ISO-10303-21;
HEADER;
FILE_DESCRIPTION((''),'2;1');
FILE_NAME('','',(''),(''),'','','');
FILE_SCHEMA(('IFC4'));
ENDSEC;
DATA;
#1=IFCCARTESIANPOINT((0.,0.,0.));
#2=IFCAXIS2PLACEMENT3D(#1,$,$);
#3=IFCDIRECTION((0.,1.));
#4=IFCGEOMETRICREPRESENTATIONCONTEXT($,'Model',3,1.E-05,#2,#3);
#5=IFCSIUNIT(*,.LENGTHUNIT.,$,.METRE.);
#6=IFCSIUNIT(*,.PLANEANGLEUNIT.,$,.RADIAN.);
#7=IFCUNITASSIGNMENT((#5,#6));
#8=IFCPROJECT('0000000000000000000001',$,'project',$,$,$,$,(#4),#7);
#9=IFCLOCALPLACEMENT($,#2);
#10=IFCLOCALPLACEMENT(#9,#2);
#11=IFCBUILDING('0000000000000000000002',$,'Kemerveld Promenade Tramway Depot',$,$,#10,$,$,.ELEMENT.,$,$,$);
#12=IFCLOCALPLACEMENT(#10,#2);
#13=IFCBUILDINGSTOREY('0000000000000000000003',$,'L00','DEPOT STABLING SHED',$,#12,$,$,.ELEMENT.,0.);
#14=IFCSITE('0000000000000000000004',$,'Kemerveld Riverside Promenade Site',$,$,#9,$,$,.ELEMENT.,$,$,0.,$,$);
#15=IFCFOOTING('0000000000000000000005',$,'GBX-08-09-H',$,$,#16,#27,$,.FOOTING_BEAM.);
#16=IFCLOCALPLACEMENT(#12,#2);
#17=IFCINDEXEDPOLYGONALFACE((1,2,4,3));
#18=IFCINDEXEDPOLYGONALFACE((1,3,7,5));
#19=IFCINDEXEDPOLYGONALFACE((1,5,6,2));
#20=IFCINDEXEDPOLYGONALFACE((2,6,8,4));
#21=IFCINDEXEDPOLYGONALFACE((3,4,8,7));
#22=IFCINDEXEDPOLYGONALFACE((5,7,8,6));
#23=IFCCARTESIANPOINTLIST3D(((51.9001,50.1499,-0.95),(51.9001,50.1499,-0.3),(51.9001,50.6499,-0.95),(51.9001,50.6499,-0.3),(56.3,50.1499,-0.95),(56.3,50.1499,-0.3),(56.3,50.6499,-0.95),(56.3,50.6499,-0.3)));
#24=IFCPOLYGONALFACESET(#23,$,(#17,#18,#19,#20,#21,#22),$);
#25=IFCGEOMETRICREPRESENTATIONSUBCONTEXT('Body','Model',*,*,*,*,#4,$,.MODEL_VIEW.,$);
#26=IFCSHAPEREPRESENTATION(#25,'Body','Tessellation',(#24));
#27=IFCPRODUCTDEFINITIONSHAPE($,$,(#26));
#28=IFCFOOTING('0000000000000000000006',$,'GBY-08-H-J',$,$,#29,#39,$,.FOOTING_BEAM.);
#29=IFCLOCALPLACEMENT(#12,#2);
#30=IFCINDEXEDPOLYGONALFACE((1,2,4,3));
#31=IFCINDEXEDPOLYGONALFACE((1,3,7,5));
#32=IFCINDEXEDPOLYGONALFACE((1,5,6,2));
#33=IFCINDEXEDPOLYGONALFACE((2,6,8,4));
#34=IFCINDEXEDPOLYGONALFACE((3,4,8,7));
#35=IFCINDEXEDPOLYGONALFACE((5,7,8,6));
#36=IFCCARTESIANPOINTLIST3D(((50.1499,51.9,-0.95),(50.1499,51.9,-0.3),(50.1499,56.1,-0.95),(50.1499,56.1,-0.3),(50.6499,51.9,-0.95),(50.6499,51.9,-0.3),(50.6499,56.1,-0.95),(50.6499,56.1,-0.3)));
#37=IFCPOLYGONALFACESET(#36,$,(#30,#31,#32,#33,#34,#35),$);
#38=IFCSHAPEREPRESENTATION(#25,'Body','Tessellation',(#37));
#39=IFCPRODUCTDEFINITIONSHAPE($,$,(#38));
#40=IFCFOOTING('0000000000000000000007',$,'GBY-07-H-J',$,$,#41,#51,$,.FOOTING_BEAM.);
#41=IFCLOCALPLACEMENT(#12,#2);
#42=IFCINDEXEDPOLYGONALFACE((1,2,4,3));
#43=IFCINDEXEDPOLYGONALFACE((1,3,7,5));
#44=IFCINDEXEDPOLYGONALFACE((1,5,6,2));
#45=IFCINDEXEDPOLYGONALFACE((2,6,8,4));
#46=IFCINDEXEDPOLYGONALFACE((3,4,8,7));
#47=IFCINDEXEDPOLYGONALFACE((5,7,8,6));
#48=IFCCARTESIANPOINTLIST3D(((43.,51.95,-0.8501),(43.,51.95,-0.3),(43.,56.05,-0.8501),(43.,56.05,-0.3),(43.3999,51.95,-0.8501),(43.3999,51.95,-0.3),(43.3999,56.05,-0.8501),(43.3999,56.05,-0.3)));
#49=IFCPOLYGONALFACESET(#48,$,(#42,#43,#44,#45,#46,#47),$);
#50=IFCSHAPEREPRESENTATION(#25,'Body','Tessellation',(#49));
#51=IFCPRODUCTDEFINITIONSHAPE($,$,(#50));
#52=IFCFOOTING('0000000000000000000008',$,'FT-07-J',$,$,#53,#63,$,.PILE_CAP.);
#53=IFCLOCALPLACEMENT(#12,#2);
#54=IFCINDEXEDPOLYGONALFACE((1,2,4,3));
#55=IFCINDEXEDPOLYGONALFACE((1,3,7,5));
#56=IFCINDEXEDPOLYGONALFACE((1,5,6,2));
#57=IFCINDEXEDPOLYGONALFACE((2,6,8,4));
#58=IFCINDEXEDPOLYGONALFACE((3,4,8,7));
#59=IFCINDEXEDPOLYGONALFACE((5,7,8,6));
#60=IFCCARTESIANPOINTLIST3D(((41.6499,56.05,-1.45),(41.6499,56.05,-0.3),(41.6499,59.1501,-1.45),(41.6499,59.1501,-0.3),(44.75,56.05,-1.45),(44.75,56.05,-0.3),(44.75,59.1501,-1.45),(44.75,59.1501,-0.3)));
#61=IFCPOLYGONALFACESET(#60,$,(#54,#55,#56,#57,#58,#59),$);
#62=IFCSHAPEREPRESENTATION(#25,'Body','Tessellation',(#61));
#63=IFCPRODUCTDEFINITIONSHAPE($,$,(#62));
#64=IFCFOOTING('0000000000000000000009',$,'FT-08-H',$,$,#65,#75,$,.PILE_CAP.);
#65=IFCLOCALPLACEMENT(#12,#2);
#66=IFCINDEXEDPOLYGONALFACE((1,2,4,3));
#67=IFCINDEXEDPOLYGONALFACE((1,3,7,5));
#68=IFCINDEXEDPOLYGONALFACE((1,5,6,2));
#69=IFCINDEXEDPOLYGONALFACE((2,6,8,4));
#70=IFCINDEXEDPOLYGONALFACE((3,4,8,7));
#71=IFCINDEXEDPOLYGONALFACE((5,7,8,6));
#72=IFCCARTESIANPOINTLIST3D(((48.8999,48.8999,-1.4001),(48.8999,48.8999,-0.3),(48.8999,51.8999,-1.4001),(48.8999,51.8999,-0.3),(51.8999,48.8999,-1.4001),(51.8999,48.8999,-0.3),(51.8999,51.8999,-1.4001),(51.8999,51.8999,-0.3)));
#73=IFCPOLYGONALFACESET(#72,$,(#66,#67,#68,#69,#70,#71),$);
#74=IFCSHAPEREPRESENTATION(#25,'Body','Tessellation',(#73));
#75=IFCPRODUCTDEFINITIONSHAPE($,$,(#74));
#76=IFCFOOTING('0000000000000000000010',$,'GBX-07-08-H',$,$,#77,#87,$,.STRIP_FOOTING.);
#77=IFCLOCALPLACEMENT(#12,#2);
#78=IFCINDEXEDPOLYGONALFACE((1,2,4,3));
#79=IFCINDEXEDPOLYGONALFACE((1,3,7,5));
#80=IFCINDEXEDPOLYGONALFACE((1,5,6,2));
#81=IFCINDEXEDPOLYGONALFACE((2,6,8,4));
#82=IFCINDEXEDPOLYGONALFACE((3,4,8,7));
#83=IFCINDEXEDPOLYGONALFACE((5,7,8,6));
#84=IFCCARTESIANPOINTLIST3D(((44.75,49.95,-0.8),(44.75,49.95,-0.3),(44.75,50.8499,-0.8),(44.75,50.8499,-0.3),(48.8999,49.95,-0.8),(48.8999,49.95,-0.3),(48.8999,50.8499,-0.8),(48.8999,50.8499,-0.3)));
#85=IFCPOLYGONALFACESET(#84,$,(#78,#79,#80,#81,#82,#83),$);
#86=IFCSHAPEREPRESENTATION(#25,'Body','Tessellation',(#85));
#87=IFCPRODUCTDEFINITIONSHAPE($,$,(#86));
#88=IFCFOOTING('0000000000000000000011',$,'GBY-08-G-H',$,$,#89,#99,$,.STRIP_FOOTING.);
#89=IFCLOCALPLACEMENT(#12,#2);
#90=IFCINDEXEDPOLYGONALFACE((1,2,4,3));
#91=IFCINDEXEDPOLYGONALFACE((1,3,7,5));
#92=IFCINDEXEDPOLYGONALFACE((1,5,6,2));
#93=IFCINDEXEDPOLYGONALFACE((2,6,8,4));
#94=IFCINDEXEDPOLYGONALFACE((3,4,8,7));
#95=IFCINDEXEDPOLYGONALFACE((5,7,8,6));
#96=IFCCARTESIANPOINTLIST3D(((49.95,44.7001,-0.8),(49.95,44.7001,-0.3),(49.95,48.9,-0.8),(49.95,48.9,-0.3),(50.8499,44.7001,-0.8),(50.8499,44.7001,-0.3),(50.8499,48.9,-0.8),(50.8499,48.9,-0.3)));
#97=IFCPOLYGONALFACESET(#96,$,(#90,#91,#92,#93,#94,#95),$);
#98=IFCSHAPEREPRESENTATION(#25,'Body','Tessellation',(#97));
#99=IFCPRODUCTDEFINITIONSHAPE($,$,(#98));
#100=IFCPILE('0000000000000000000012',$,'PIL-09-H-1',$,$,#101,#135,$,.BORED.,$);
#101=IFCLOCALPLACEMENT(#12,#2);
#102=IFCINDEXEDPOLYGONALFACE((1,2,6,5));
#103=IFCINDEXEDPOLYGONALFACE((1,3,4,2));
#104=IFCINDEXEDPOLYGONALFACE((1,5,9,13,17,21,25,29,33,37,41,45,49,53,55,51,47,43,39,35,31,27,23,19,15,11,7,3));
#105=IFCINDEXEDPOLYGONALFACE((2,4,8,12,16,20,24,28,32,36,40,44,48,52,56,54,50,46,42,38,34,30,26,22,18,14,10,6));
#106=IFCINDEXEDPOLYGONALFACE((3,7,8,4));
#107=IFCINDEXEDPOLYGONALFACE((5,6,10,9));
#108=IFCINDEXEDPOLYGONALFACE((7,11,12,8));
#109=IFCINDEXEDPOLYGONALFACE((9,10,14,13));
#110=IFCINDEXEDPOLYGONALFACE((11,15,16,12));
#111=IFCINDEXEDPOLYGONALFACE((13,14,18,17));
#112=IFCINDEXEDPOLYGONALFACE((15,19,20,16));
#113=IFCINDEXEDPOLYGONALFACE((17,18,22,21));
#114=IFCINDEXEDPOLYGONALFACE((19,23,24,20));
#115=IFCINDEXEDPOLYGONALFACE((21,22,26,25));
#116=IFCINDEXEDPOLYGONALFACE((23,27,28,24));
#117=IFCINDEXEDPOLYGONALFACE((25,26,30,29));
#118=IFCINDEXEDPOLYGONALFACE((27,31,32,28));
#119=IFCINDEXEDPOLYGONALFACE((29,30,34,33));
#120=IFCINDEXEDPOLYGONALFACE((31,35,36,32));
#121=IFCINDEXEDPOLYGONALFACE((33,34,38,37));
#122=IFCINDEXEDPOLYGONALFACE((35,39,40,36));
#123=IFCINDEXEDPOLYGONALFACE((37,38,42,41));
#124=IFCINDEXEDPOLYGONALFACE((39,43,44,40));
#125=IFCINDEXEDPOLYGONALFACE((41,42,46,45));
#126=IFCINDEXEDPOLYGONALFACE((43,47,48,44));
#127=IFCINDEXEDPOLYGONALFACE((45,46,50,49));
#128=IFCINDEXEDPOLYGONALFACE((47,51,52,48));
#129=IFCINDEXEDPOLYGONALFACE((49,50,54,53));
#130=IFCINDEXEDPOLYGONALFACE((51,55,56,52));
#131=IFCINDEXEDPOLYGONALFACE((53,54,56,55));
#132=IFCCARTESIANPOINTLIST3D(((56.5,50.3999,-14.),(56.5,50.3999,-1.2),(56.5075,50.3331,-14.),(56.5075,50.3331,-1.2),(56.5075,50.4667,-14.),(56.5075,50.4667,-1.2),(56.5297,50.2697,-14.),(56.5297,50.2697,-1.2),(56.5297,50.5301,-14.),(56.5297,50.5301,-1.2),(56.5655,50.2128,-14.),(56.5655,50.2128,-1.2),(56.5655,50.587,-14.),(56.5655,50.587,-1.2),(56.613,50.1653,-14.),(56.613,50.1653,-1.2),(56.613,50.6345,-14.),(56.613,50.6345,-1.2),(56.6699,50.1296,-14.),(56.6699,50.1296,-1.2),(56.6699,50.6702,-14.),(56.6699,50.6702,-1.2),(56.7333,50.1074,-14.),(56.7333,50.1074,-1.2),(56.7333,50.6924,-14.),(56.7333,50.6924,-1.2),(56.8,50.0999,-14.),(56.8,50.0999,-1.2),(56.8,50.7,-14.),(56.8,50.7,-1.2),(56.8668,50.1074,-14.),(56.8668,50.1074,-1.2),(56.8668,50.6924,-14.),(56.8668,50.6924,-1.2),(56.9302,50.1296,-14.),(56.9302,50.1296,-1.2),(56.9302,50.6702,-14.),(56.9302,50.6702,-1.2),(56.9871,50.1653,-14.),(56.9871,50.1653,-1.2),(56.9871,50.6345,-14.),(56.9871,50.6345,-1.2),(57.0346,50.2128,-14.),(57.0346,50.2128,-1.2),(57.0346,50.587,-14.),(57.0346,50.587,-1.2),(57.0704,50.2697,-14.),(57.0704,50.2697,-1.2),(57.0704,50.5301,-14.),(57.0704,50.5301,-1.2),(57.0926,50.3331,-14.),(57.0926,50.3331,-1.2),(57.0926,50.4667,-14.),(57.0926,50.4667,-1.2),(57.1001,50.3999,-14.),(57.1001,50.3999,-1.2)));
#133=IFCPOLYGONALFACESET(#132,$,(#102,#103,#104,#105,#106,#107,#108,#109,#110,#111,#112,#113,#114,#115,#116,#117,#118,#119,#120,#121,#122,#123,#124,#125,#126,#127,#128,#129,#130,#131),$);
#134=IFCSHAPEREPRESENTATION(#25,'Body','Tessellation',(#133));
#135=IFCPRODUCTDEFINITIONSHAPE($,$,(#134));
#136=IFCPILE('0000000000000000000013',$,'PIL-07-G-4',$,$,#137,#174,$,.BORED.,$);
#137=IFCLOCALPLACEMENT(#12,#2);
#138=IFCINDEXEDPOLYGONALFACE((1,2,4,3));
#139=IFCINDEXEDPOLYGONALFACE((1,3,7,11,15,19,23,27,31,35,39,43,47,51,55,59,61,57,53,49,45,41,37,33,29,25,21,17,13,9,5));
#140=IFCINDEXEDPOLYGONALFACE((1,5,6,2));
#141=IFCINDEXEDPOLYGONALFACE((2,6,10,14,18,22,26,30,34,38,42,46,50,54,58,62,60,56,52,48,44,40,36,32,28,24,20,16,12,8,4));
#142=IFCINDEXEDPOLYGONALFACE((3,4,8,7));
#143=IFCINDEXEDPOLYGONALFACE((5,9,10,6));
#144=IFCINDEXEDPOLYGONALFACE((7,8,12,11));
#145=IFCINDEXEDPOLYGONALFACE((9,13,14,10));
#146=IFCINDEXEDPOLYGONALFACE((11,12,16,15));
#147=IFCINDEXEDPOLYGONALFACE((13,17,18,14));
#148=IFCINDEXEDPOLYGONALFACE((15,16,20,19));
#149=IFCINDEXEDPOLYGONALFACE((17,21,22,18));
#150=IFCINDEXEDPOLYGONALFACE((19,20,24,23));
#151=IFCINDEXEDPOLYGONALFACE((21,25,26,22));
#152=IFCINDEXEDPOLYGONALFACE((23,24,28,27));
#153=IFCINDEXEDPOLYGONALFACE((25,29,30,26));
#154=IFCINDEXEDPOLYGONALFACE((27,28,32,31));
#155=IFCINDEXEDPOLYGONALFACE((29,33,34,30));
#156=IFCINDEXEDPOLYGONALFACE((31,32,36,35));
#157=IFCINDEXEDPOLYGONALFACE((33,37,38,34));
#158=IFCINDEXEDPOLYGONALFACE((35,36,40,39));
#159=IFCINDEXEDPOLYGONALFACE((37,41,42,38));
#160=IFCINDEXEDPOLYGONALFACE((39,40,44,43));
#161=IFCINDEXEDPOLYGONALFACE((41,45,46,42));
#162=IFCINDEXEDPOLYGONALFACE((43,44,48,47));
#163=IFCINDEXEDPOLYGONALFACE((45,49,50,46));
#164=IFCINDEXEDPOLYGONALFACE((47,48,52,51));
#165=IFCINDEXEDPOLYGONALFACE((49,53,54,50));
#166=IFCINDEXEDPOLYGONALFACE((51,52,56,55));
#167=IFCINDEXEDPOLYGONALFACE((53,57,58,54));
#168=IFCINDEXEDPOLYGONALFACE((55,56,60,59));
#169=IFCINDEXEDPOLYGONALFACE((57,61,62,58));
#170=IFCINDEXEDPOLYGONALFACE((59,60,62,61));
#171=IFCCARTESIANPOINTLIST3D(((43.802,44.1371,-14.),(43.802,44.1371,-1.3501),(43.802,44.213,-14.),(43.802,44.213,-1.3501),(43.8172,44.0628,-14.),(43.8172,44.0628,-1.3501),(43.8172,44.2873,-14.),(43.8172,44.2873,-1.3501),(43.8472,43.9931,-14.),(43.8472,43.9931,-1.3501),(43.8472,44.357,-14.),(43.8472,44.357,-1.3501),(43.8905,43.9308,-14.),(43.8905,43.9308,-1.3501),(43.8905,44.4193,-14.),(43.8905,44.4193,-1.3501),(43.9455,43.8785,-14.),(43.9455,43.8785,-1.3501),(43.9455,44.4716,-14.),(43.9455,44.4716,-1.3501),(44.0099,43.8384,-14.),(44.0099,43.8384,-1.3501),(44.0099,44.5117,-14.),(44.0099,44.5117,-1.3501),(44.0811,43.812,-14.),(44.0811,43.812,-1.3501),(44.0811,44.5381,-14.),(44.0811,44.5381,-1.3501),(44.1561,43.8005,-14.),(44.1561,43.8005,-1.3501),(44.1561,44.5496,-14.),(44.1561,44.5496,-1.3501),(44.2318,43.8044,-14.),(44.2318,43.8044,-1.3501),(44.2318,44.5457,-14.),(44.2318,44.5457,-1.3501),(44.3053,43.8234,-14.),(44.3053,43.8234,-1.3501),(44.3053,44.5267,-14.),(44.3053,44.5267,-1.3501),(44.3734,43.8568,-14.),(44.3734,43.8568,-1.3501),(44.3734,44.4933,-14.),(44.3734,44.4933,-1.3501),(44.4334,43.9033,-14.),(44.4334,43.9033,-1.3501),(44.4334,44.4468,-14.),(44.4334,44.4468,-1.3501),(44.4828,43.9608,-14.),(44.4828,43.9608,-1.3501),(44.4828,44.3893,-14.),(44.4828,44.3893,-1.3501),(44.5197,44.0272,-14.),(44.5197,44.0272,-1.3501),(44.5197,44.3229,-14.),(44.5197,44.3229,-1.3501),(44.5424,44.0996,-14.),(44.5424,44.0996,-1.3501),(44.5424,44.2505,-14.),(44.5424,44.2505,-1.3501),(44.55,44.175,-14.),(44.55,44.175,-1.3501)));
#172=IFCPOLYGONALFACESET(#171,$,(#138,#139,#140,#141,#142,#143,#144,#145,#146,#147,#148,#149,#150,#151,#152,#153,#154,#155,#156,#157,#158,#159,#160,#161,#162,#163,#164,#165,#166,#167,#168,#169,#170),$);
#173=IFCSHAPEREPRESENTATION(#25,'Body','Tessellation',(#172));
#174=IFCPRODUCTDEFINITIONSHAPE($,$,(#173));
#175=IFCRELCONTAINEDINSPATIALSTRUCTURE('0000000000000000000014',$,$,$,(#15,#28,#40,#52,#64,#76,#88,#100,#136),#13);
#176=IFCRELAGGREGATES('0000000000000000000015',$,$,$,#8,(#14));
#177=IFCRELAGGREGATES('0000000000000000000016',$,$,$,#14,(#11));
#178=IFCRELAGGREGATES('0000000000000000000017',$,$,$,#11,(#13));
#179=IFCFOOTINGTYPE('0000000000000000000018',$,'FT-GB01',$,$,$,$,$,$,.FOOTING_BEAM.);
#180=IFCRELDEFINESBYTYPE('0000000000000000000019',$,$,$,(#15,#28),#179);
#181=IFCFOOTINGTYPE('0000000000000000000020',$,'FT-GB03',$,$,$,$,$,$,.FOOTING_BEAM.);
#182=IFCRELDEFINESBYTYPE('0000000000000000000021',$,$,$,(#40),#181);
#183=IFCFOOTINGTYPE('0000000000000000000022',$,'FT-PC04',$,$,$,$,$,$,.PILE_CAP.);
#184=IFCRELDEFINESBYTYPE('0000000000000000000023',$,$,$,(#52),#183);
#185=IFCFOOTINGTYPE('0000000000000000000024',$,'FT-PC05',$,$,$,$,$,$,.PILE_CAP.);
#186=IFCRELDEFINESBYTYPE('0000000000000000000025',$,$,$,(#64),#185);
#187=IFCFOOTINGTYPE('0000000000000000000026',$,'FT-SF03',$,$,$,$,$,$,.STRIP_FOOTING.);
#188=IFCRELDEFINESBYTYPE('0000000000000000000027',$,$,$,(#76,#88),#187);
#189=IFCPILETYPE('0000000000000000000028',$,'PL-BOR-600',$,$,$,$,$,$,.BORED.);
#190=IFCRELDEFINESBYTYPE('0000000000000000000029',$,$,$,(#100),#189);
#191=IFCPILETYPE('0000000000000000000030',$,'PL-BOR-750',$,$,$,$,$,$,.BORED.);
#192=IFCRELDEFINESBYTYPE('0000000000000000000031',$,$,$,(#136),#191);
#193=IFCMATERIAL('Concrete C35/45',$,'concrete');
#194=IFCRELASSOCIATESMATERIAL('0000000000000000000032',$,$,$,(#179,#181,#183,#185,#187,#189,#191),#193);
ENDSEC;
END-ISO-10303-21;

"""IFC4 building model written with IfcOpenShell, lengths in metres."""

from ifc_helpers import new_model, si_unit, direction, frame, origin, origin_2d, place, context, subcontext, project, spatial, rectangle, circle, extrude, material, material_profile, profile_set, type_object, element, save


model = new_model("IFC4")

# Units and contexts
model_context = context("Model", 3, precision=1e-05, world=origin(), true_north=direction((0.0, 1.0)))
body_context = subcontext(model_context, "Body", "Model", "MODEL_VIEW")
ifc_project = project(units=[si_unit("LENGTHUNIT", "METRE"), si_unit("PLANEANGLEUNIT", "RADIAN")], contexts=[model_context])

# Site, building, storey
site_placement = place(None, origin())
site = spatial("IfcSite", under=ifc_project, at=site_placement, Name="Kemerveld Riverside Promenade Site", CompositionType="ELEMENT", RefElevation=0.0)
building_placement = place(site_placement, origin())
building = spatial("IfcBuilding", under=site, at=building_placement, Name="Kemerveld Promenade Tramway Depot", CompositionType="ELEMENT")
storey_placement = place(building_placement, origin())
storey = spatial("IfcBuildingStorey", under=building, at=storey_placement, Name="L00", Description="DEPOT STABLING SHED", CompositionType="ELEMENT", Elevation=0.0)

# Footings
ifc_material_1 = material(Name="Concrete C35/45", Category="concrete")
footing_type_1 = type_object("IfcFootingType", Name="FT-GB01", PredefinedType="FOOTING_BEAM", material=ifc_material_1)
footing_1_placement = place(storey_placement, frame((54.1001, 50.3999, -0.95), z_axis=(0.0, 0.0, 1.0), x_axis=(1.0, 0.0, 0.0)))
element("IfcFooting", 1, at=footing_1_placement, inside=storey, type_object=footing_type_1, Name="GBX-08-09-H", PredefinedType="FOOTING_BEAM", context=body_context, shape_type="SweptSolid", body=[
    extrude(rectangle(XDim=4.3999, YDim=0.5, at=origin_2d()), origin(), (0.0, 0.0, 1.0), 0.6499),
])
footing_2_placement = place(storey_placement, frame((50.3999, 54.0, -0.95), z_axis=(0.0, 0.0, 1.0), x_axis=(0.0, 1.0, 0.0)))
element("IfcFooting", 2, at=footing_2_placement, inside=storey, type_object=footing_type_1, Name="GBY-08-H-J", PredefinedType="FOOTING_BEAM", context=body_context, shape_type="SweptSolid", body=[
    extrude(rectangle(XDim=4.2, YDim=0.5, at=origin_2d()), origin(), (0.0, 0.0, 1.0), 0.6499),
])
footing_type_2 = type_object("IfcFootingType", Name="FT-GB03", PredefinedType="FOOTING_BEAM", material=ifc_material_1)
footing_3_placement = place(storey_placement, frame((43.2, 54.0, -0.8501), z_axis=(0.0, 0.0, 1.0), x_axis=(0.0, 1.0, 0.0)))
element("IfcFooting", 3, at=footing_3_placement, inside=storey, type_object=footing_type_2, Name="GBY-07-H-J", PredefinedType="FOOTING_BEAM", context=body_context, shape_type="SweptSolid", body=[
    extrude(rectangle(XDim=4.1001, YDim=0.3999, at=origin_2d()), origin(), (0.0, 0.0, 1.0), 0.55),
])
footing_type_3 = type_object("IfcFootingType", Name="FT-PC04", PredefinedType="PILE_CAP", material=ifc_material_1)
footing_4_placement = place(storey_placement, frame((43.2, 57.6001, -1.45), z_axis=(0.0, 0.0, 1.0), x_axis=(1.0, 0.0, 0.0)))
element("IfcFooting", 4, at=footing_4_placement, inside=storey, type_object=footing_type_3, Name="FT-07-J", PredefinedType="PILE_CAP", context=body_context, shape_type="SweptSolid", body=[
    extrude(rectangle(XDim=3.1001, YDim=3.1001, at=origin_2d()), origin(), (0.0, 0.0, 1.0), 1.1499),
])
footing_type_4 = type_object("IfcFootingType", Name="FT-PC05", PredefinedType="PILE_CAP", material=ifc_material_1)
footing_5_placement = place(storey_placement, frame((50.3999, 50.3999, -1.4001), z_axis=(0.0, 0.0, 1.0), x_axis=(1.0, 0.0, 0.0)))
element("IfcFooting", 5, at=footing_5_placement, inside=storey, type_object=footing_type_4, Name="FT-08-H", PredefinedType="PILE_CAP", context=body_context, shape_type="SweptSolid", body=[
    extrude(rectangle(XDim=3.0, YDim=3.0, at=origin_2d()), origin(), (0.0, 0.0, 1.0), 1.1001),
])
footing_type_5 = type_object("IfcFootingType", Name="FT-SF03", PredefinedType="STRIP_FOOTING", material=ifc_material_1)
footing_6_placement = place(storey_placement, frame((46.825, 50.3999, -0.8), z_axis=(0.0, 0.0, 1.0), x_axis=(1.0, 0.0, 0.0)))
element("IfcFooting", 6, at=footing_6_placement, inside=storey, type_object=footing_type_5, Name="GBX-07-08-H", PredefinedType="STRIP_FOOTING", context=body_context, shape_type="SweptSolid", body=[
    extrude(rectangle(XDim=4.1499, YDim=0.8999, at=origin_2d()), origin(), (0.0, 0.0, 1.0), 0.5),
])
footing_7_placement = place(storey_placement, frame((50.3999, 46.8, -0.8), z_axis=(0.0, 0.0, 1.0), x_axis=(0.0, 1.0, 0.0)))
element("IfcFooting", 7, at=footing_7_placement, inside=storey, type_object=footing_type_5, Name="GBY-08-G-H", PredefinedType="STRIP_FOOTING", context=body_context, shape_type="SweptSolid", body=[
    extrude(rectangle(XDim=4.2, YDim=0.8999, at=origin_2d()), origin(), (0.0, 0.0, 1.0), 0.5),
])

# Piles
ifc_material_profile_1 = material_profile(ifc_material_1, circle(Radius=0.3, at=origin_2d()), Name="PILE-D600")
ifc_profile_set_1 = profile_set([ifc_material_profile_1], Name="Concrete C35/45")
pile_type_1 = type_object("IfcPileType", Name="PL-BOR-600", PredefinedType="BORED", material=ifc_profile_set_1)
pile_placement = place(storey_placement, frame((56.8, 50.3999, -1.2), z_axis=(0.0, 0.0, -1.0), x_axis=(1.0, 0.0, 0.0)))
element("IfcPile", 8, at=pile_placement, inside=storey, type_object=pile_type_1, Name="PIL-09-H-1", PredefinedType="BORED", context=body_context, shape_type="SweptSolid", body=[
    extrude(circle(Radius=0.3, at=origin_2d()), origin(), (0.0, 0.0, 1.0), 12.8),
])
ifc_material_profile_2 = material_profile(ifc_material_1, circle(Radius=0.375, at=origin_2d()), Name="PILE-D750")
ifc_profile_set_2 = profile_set([ifc_material_profile_2], Name="Concrete C35/45")
pile_type_2 = type_object("IfcPileType", Name="PL-BOR-750", PredefinedType="BORED", material=ifc_profile_set_2)
for number, where, z_axis, x_axis, name in (
    (9, (44.175, 44.175, -1.3501), (0.0, 0.0, -1.0), (1.0, 0.0, 0.0), "PIL-07-G-4"),
):
    element("IfcPile", number, at=place(storey_placement, frame(where, z_axis=z_axis, x_axis=x_axis)), inside=storey, type_object=pile_type_2, Name=name, PredefinedType="BORED", context=body_context, shape_type="SweptSolid", body=[
        extrude(circle(Radius=0.375, at=origin_2d()), origin(), (0.0, 0.0, 1.0), 12.6499),
    ])

save(model, "model.ifc")
